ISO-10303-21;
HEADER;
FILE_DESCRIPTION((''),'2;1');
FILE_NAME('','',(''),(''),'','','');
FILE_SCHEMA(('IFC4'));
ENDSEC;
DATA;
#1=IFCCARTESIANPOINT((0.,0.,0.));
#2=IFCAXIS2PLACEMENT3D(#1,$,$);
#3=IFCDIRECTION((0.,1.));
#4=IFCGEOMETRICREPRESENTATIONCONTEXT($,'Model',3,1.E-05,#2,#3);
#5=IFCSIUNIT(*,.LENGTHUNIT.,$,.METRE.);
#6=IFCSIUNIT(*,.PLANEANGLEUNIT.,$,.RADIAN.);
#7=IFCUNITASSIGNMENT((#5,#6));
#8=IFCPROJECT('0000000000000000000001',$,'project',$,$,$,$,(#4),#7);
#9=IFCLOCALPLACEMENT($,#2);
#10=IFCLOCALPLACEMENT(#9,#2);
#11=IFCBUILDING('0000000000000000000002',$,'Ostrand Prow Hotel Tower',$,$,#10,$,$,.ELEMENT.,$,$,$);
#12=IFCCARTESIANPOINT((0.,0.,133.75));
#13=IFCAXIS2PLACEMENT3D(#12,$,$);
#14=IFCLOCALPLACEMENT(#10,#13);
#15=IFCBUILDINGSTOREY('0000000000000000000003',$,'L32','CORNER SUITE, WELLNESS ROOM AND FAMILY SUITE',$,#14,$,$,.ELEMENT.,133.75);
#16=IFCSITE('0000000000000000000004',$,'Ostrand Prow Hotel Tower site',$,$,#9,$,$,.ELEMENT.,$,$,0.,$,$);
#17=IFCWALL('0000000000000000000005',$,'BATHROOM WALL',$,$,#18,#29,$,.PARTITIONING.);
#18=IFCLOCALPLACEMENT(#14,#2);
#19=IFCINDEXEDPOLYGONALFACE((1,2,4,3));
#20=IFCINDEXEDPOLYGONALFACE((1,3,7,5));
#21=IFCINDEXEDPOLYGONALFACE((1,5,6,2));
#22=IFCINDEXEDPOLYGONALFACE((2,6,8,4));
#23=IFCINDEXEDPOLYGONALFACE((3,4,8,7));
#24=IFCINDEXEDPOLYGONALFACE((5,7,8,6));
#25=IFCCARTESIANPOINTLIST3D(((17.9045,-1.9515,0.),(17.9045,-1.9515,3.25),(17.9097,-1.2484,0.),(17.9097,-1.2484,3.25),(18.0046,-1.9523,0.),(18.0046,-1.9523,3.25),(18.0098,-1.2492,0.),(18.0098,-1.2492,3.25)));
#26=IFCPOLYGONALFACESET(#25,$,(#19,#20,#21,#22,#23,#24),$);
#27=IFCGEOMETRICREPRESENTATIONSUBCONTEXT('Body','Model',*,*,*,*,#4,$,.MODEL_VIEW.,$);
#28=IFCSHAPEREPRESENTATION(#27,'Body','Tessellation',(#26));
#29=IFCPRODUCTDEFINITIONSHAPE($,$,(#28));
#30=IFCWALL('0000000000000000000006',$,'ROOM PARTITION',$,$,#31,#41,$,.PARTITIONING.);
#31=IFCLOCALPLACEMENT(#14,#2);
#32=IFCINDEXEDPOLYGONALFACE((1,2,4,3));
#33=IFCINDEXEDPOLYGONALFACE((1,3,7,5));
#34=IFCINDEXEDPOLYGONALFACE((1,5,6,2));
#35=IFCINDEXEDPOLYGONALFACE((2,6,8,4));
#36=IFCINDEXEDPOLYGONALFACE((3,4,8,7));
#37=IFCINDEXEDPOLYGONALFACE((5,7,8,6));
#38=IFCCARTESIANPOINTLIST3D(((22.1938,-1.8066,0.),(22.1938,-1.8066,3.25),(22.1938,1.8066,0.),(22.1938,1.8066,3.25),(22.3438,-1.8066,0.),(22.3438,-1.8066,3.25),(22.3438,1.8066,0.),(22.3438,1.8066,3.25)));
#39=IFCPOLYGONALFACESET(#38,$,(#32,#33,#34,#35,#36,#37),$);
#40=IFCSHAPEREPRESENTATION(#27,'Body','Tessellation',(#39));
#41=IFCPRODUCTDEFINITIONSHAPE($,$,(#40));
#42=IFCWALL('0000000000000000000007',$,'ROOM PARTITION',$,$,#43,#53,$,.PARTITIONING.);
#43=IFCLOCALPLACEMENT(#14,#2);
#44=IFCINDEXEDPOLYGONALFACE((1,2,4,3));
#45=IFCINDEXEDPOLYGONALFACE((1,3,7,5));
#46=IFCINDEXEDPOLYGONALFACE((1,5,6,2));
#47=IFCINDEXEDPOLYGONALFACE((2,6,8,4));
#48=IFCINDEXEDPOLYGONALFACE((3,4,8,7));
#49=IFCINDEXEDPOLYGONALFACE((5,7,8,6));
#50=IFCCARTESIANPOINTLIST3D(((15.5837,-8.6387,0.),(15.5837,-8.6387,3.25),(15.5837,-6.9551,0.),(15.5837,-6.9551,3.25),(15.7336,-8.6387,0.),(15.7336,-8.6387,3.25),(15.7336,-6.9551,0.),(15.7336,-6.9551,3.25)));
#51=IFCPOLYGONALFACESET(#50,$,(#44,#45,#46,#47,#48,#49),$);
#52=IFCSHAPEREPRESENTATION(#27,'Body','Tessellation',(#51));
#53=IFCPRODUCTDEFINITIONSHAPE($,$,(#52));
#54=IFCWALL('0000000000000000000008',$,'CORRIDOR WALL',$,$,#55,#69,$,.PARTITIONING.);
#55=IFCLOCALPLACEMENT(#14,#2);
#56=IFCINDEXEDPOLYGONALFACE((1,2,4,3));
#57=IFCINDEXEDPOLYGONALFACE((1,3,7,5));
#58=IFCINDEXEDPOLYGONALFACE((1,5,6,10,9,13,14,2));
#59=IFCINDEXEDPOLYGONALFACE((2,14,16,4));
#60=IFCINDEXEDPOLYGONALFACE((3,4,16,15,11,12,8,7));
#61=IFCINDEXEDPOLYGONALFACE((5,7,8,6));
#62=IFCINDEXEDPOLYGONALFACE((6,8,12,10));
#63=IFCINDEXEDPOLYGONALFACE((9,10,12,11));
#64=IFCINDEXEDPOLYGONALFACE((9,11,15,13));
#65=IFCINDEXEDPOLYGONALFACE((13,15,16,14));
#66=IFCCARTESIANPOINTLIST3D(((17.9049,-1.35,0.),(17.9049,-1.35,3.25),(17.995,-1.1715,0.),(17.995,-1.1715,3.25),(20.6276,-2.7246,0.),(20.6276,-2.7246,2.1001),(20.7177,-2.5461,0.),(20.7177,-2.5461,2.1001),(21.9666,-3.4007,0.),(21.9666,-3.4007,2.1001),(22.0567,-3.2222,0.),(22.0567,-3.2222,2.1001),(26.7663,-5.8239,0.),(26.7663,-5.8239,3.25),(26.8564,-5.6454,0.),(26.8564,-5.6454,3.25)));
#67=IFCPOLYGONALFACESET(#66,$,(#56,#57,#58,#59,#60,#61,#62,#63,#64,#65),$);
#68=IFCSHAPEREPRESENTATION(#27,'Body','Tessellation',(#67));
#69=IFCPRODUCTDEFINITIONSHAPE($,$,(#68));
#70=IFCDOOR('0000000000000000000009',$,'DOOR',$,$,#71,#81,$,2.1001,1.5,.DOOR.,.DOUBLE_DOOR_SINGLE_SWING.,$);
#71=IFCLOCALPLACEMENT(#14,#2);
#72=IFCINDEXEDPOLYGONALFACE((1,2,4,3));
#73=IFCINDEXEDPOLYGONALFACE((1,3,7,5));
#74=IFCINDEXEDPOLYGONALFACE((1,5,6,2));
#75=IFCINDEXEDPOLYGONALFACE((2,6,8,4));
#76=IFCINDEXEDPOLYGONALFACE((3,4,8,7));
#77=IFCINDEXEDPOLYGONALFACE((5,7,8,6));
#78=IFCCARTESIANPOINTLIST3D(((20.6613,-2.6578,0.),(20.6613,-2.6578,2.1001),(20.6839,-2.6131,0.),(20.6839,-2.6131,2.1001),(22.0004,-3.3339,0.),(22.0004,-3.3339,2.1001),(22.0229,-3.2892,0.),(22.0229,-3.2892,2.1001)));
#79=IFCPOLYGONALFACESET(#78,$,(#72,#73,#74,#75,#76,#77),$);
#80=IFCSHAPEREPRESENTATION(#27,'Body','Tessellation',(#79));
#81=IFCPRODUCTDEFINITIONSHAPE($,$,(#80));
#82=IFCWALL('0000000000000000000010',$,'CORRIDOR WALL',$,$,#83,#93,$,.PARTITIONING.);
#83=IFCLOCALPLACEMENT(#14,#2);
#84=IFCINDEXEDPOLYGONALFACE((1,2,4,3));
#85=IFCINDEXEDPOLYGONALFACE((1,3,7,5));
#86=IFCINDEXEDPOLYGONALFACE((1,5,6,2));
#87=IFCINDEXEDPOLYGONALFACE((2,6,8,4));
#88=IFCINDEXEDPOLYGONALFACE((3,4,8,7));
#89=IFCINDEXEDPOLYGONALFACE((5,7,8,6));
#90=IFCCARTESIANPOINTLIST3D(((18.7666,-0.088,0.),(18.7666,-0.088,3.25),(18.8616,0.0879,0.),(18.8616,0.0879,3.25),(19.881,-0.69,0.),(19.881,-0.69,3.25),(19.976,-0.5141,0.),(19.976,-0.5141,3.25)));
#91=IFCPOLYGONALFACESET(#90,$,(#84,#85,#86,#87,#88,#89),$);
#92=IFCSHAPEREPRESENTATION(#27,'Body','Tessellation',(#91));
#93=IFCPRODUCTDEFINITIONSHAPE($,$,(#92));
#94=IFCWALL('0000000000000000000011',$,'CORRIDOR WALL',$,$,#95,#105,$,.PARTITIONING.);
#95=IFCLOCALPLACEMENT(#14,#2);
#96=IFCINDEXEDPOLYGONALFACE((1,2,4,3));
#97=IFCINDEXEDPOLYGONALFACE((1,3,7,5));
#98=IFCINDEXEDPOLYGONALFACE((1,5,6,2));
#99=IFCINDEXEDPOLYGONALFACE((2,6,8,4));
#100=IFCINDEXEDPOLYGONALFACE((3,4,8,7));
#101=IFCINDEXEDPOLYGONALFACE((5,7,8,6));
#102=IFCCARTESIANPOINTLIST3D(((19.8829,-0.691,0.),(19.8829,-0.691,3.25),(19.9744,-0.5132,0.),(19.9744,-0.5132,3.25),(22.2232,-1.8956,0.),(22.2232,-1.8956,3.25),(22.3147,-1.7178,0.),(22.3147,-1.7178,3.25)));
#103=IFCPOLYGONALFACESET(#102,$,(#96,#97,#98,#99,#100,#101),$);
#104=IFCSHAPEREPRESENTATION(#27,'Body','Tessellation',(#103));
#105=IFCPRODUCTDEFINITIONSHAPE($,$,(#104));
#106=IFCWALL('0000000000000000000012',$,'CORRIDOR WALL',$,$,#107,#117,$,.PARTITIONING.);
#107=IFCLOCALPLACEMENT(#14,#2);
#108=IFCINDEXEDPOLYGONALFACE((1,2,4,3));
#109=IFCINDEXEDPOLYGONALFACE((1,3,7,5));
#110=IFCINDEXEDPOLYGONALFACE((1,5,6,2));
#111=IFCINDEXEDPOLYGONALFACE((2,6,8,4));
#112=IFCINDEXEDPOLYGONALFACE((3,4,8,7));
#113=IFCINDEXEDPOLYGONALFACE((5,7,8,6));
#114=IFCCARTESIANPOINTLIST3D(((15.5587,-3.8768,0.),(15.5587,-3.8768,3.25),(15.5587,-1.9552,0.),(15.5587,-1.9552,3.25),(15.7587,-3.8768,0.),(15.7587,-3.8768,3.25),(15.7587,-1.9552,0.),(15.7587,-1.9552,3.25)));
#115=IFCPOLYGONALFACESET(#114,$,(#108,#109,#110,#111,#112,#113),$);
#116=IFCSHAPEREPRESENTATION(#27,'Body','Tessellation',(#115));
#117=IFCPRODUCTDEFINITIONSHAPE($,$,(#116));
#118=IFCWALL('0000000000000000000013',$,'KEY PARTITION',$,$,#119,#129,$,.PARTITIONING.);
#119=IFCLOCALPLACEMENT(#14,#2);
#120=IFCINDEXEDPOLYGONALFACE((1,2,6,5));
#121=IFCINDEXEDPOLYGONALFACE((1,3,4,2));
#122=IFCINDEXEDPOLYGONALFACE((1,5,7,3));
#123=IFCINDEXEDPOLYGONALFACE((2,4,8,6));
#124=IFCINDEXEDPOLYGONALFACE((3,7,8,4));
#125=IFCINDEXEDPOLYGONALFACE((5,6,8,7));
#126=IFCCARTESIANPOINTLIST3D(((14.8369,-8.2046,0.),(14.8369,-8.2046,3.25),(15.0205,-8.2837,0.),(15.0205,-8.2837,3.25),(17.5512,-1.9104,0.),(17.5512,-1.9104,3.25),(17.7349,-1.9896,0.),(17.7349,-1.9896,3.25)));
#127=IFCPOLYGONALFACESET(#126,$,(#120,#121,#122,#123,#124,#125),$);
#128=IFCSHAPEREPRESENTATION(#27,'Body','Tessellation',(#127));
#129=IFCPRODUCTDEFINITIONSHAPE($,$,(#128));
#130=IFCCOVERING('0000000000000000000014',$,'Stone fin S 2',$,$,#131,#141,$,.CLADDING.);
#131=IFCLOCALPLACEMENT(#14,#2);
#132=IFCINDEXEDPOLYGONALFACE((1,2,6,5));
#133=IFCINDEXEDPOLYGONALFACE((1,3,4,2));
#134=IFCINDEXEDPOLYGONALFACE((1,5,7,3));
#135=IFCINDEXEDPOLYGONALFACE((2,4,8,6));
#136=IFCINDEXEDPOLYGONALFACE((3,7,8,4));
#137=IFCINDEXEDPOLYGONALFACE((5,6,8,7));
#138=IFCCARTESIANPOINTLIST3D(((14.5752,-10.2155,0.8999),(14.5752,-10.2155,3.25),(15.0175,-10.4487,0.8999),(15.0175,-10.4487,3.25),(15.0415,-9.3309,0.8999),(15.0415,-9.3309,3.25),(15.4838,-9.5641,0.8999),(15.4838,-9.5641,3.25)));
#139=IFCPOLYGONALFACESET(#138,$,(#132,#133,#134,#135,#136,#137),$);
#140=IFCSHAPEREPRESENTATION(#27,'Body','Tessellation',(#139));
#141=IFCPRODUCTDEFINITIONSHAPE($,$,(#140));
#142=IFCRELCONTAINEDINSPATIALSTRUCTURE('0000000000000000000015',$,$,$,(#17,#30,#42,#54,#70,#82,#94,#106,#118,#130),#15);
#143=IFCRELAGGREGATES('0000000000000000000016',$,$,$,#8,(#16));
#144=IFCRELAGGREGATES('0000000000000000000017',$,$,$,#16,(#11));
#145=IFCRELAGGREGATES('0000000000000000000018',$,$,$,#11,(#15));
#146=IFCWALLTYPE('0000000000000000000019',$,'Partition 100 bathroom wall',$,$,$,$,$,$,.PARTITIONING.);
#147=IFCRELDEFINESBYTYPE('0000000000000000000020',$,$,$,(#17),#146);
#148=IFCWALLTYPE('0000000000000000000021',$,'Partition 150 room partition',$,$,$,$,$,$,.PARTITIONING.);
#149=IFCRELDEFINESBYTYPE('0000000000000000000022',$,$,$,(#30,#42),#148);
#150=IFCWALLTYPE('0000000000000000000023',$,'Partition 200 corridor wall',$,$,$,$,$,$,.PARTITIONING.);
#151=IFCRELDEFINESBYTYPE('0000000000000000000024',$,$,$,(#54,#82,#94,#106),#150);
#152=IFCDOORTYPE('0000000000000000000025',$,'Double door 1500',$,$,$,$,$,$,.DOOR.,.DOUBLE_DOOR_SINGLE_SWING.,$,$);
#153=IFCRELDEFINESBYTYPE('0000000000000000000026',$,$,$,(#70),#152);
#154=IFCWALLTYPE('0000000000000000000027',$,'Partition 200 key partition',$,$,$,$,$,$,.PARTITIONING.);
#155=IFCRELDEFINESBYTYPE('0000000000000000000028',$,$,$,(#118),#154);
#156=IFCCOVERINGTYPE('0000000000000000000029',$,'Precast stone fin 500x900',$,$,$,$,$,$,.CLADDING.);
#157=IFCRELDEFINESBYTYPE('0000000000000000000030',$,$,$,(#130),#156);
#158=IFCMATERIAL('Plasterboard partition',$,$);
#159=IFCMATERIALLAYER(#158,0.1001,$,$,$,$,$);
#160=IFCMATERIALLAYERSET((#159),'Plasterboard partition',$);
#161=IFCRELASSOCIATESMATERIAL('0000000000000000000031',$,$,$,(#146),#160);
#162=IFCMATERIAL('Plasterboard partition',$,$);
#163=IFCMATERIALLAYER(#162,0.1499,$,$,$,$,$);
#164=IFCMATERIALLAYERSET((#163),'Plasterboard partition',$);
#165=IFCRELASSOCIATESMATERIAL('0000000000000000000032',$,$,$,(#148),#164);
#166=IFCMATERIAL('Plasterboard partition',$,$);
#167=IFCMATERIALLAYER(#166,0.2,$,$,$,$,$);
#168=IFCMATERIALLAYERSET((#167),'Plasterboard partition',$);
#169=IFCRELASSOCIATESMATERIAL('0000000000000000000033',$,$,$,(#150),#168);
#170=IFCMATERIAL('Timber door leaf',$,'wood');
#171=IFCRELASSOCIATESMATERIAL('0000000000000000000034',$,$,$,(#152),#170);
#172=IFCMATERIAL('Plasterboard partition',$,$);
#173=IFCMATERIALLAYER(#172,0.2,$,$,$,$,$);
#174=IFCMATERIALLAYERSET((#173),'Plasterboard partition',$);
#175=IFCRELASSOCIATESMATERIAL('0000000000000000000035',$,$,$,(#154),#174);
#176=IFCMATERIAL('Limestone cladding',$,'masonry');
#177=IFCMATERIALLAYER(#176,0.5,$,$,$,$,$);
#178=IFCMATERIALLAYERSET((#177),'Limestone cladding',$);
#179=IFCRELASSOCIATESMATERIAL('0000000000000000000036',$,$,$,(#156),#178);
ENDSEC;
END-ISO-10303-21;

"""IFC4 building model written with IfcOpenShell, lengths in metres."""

from ifc_helpers import new_model, si_unit, direction, frame, frame_2d, origin, place, context, subcontext, project, spatial, rectangle, extrude, material, layer, layer_set, type_object, element, fill, save


model = new_model("IFC4")

# Units and contexts
model_context = context("Model", 3, precision=1e-05, world=origin(), true_north=direction((0.0, 1.0)))
body_context = subcontext(model_context, "Body", "Model", "MODEL_VIEW")
ifc_project = project(units=[si_unit("LENGTHUNIT", "METRE"), si_unit("PLANEANGLEUNIT", "RADIAN")], contexts=[model_context])

# Site, building, storey
site_placement = place(None, origin())
site = spatial("IfcSite", under=ifc_project, at=site_placement, Name="Ostrand Prow Hotel Tower site", CompositionType="ELEMENT", RefElevation=0.0)
building_placement = place(site_placement, origin())
building = spatial("IfcBuilding", under=site, at=building_placement, Name="Ostrand Prow Hotel Tower", CompositionType="ELEMENT")
storey_placement = place(building_placement, frame((0.0, 0.0, 133.75)))
storey = spatial("IfcBuildingStorey", under=building, at=storey_placement, Name="L32", Description="CORNER SUITE, WELLNESS ROOM AND FAMILY SUITE", CompositionType="ELEMENT", Elevation=133.75)

# Shared definitions
ifc_material_1 = material(Name="Plasterboard partition")
ifc_layer_1 = layer(ifc_material_1, 0.1001)
ifc_layer_set_1 = layer_set([ifc_layer_1], Name="Plasterboard partition")
wall_type_1 = type_object("IfcWallType", Name="Partition 100 bathroom wall", PredefinedType="PARTITIONING", material=ifc_layer_set_1)

# Walls
wall_1_placement = place(storey_placement, frame((17.9546, -1.9519, 0.0), z_axis=(0.0, 0.0, 1.0), x_axis=(0.007291, 0.999973, 0.0)))
element("IfcWall", 1, at=wall_1_placement, inside=storey, type_object=wall_type_1, Name="BATHROOM WALL", PredefinedType="PARTITIONING", context=body_context, shape_type="SweptSolid", body=[
    extrude(rectangle(XDim=0.7031, YDim=0.1001, at=frame_2d((0.3516, 0.0))), origin(), (0.0, 0.0, 1.0), 3.25),
])
ifc_material_2 = material(Name="Plasterboard partition")
ifc_layer_2 = layer(ifc_material_2, 0.1499)
ifc_layer_set_2 = layer_set([ifc_layer_2], Name="Plasterboard partition")
wall_type_2 = type_object("IfcWallType", Name="Partition 150 room partition", PredefinedType="PARTITIONING", material=ifc_layer_set_2)
wall_2_placement = place(storey_placement, frame((22.2688, -1.8066, 0.0), z_axis=(0.0, 0.0, 1.0), x_axis=(0.0, 1.0, 0.0)))
element("IfcWall", 2, at=wall_2_placement, inside=storey, type_object=wall_type_2, Name="ROOM PARTITION", PredefinedType="PARTITIONING", context=body_context, shape_type="SweptSolid", body=[
    extrude(rectangle(XDim=3.6133, YDim=0.1499, at=frame_2d((1.8066, 0.0))), origin(), (0.0, 0.0, 1.0), 3.25),
])
wall_3_placement = place(storey_placement, frame((15.6587, -6.9551, 0.0), z_axis=(0.0, 0.0, 1.0), x_axis=(0.0, -1.0, 0.0)))
element("IfcWall", 3, at=wall_3_placement, inside=storey, type_object=wall_type_2, Name="ROOM PARTITION", PredefinedType="PARTITIONING", context=body_context, shape_type="SweptSolid", body=[
    extrude(rectangle(XDim=1.6836, YDim=0.1499, at=frame_2d((0.8418, 0.0))), origin(), (0.0, 0.0, 1.0), 3.25),
])

# Wall, opening, door
ifc_material_3 = material(Name="Plasterboard partition")
ifc_layer_3 = layer(ifc_material_3, 0.2)
ifc_layer_set_3 = layer_set([ifc_layer_3], Name="Plasterboard partition")
wall_type_3 = type_object("IfcWallType", Name="Partition 200 corridor wall", PredefinedType="PARTITIONING", material=ifc_layer_set_3)
wall_4_placement = place(storey_placement, frame((17.95, -1.2607, 0.0), z_axis=(0.0, 0.0, 1.0), x_axis=(0.892679, -0.450693, 0.0)))
wall_4 = element("IfcWall", 4, at=wall_4_placement, inside=storey, type_object=wall_type_3, Name="CORRIDOR WALL", PredefinedType="PARTITIONING", context=body_context, shape_type="SweptSolid", body=[
    extrude(rectangle(XDim=9.9268, YDim=0.2, at=frame_2d((4.9634, 0.0))), origin(), (0.0, 0.0, 1.0), 3.25),
])
opening_1_placement = place(wall_4_placement, frame((3.05, 0.0, 0.0)))
opening_1 = element("IfcOpeningElement", 5, at=opening_1_placement, cuts=wall_4, PredefinedType="OPENING", context=body_context, shape_type="SweptSolid", body=[
    extrude(rectangle(XDim=1.5, YDim=2.1001, at=frame_2d((0.75, 1.05))), frame((0.0, 0.1099, 0.0), z_axis=(0.0, -1.0, 0.0), x_axis=(1.0, 0.0, 0.0)), (0.0, 0.0, 1.0), 0.22),
])
ifc_material_4 = material(Name="Timber door leaf", Category="wood")
door_type_1 = type_object("IfcDoorType", Name="Double door 1500", OperationType="DOUBLE_DOOR_SINGLE_SWING", PredefinedType="DOOR", material=ifc_material_4)
door_1_placement = place(opening_1_placement, origin())
door_1 = element("IfcDoor", 6, at=door_1_placement, inside=storey, type_object=door_type_1, Name="DOOR", OperationType="DOUBLE_DOOR_SINGLE_SWING", OverallHeight=2.1001, OverallWidth=1.5, PredefinedType="DOOR", context=body_context, shape_type="SweptSolid", body=[
    extrude(rectangle(XDim=1.5, YDim=2.1001, at=frame_2d((0.75, 1.05))), frame((0.0, 0.0249, 0.0), z_axis=(0.0, -1.0, 0.0), x_axis=(1.0, 0.0, 0.0)), (0.0, 0.0, 1.0), 0.05),
])
fill(opening_1, door_1)

# Walls
wall_5_placement = place(storey_placement, frame((19.9285, -0.6021, 0.0), z_axis=(0.0, 0.0, 1.0), x_axis=(-0.879833, 0.475283, 0.0)))
element("IfcWall", 7, at=wall_5_placement, inside=storey, type_object=wall_type_3, Name="CORRIDOR WALL", PredefinedType="PARTITIONING", context=body_context, shape_type="SweptSolid", body=[
    extrude(rectangle(XDim=1.2666, YDim=0.2, at=frame_2d((0.6333, 0.0))), origin(), (0.0, 0.0, 1.0), 3.25),
])
wall_6_placement = place(storey_placement, frame((22.2688, -1.8066, 0.0), z_axis=(0.0, 0.0, 1.0), x_axis=(-0.889135, 0.457646, 0.0)))
element("IfcWall", 8, at=wall_6_placement, inside=storey, type_object=wall_type_3, Name="CORRIDOR WALL", PredefinedType="PARTITIONING", context=body_context, shape_type="SweptSolid", body=[
    extrude(rectangle(XDim=2.6321, YDim=0.2, at=frame_2d((1.3159, 0.0))), origin(), (0.0, 0.0, 1.0), 3.25),
])
wall_7_placement = place(storey_placement, frame((15.6587, -1.9551, 0.0), z_axis=(0.0, 0.0, 1.0), x_axis=(0.0, -1.0, 0.0)))
element("IfcWall", 9, at=wall_7_placement, inside=storey, type_object=wall_type_3, Name="CORRIDOR WALL", PredefinedType="PARTITIONING", context=body_context, shape_type="SweptSolid", body=[
    extrude(rectangle(XDim=1.9216, YDim=0.2, at=frame_2d((0.9609, 0.0))), origin(), (0.0, 0.0, 1.0), 3.25),
])
ifc_material_5 = material(Name="Plasterboard partition")
ifc_layer_4 = layer(ifc_material_5, 0.2)
ifc_layer_set_4 = layer_set([ifc_layer_4], Name="Plasterboard partition")
wall_type_4 = type_object("IfcWallType", Name="Partition 200 key partition", PredefinedType="PARTITIONING", material=ifc_layer_set_4)
wall_8_placement = place(storey_placement, frame((14.9287, -8.2441, 0.0), z_axis=(0.0, 0.0, 1.0), x_axis=(0.395995, 0.918253, 0.0)))
element("IfcWall", 10, at=wall_8_placement, inside=storey, type_object=wall_type_4, Name="KEY PARTITION", PredefinedType="PARTITIONING", context=body_context, shape_type="SweptSolid", body=[
    extrude(rectangle(XDim=6.8545, YDim=0.2, at=frame_2d((3.4272, 0.0))), origin(), (0.0, 0.0, 1.0), 3.25),
])

# Covering
ifc_material_6 = material(Name="Limestone cladding", Category="masonry")
ifc_layer_5 = layer(ifc_material_6, 0.5)
ifc_layer_set_5 = layer_set([ifc_layer_5], Name="Limestone cladding")
covering_type = type_object("IfcCoveringType", Name="Precast stone fin 500x900", PredefinedType="CLADDING", material=ifc_layer_set_5)
covering_placement = place(storey_placement, frame((15.2627, -9.4475, 0.8999), z_axis=(0.0, 0.0, 1.0), x_axis=(-0.46635, -0.8846, 0.0)))
element("IfcCovering", 11, at=covering_placement, inside=storey, type_object=covering_type, Name="Stone fin S 2", PredefinedType="CLADDING", context=body_context, shape_type="SweptSolid", body=[
    extrude(rectangle(XDim=1.0, YDim=0.5, at=frame_2d((0.5, 0.0))), origin(), (0.0, 0.0, 1.0), 2.3501),
])

save(model, "model.ifc")
